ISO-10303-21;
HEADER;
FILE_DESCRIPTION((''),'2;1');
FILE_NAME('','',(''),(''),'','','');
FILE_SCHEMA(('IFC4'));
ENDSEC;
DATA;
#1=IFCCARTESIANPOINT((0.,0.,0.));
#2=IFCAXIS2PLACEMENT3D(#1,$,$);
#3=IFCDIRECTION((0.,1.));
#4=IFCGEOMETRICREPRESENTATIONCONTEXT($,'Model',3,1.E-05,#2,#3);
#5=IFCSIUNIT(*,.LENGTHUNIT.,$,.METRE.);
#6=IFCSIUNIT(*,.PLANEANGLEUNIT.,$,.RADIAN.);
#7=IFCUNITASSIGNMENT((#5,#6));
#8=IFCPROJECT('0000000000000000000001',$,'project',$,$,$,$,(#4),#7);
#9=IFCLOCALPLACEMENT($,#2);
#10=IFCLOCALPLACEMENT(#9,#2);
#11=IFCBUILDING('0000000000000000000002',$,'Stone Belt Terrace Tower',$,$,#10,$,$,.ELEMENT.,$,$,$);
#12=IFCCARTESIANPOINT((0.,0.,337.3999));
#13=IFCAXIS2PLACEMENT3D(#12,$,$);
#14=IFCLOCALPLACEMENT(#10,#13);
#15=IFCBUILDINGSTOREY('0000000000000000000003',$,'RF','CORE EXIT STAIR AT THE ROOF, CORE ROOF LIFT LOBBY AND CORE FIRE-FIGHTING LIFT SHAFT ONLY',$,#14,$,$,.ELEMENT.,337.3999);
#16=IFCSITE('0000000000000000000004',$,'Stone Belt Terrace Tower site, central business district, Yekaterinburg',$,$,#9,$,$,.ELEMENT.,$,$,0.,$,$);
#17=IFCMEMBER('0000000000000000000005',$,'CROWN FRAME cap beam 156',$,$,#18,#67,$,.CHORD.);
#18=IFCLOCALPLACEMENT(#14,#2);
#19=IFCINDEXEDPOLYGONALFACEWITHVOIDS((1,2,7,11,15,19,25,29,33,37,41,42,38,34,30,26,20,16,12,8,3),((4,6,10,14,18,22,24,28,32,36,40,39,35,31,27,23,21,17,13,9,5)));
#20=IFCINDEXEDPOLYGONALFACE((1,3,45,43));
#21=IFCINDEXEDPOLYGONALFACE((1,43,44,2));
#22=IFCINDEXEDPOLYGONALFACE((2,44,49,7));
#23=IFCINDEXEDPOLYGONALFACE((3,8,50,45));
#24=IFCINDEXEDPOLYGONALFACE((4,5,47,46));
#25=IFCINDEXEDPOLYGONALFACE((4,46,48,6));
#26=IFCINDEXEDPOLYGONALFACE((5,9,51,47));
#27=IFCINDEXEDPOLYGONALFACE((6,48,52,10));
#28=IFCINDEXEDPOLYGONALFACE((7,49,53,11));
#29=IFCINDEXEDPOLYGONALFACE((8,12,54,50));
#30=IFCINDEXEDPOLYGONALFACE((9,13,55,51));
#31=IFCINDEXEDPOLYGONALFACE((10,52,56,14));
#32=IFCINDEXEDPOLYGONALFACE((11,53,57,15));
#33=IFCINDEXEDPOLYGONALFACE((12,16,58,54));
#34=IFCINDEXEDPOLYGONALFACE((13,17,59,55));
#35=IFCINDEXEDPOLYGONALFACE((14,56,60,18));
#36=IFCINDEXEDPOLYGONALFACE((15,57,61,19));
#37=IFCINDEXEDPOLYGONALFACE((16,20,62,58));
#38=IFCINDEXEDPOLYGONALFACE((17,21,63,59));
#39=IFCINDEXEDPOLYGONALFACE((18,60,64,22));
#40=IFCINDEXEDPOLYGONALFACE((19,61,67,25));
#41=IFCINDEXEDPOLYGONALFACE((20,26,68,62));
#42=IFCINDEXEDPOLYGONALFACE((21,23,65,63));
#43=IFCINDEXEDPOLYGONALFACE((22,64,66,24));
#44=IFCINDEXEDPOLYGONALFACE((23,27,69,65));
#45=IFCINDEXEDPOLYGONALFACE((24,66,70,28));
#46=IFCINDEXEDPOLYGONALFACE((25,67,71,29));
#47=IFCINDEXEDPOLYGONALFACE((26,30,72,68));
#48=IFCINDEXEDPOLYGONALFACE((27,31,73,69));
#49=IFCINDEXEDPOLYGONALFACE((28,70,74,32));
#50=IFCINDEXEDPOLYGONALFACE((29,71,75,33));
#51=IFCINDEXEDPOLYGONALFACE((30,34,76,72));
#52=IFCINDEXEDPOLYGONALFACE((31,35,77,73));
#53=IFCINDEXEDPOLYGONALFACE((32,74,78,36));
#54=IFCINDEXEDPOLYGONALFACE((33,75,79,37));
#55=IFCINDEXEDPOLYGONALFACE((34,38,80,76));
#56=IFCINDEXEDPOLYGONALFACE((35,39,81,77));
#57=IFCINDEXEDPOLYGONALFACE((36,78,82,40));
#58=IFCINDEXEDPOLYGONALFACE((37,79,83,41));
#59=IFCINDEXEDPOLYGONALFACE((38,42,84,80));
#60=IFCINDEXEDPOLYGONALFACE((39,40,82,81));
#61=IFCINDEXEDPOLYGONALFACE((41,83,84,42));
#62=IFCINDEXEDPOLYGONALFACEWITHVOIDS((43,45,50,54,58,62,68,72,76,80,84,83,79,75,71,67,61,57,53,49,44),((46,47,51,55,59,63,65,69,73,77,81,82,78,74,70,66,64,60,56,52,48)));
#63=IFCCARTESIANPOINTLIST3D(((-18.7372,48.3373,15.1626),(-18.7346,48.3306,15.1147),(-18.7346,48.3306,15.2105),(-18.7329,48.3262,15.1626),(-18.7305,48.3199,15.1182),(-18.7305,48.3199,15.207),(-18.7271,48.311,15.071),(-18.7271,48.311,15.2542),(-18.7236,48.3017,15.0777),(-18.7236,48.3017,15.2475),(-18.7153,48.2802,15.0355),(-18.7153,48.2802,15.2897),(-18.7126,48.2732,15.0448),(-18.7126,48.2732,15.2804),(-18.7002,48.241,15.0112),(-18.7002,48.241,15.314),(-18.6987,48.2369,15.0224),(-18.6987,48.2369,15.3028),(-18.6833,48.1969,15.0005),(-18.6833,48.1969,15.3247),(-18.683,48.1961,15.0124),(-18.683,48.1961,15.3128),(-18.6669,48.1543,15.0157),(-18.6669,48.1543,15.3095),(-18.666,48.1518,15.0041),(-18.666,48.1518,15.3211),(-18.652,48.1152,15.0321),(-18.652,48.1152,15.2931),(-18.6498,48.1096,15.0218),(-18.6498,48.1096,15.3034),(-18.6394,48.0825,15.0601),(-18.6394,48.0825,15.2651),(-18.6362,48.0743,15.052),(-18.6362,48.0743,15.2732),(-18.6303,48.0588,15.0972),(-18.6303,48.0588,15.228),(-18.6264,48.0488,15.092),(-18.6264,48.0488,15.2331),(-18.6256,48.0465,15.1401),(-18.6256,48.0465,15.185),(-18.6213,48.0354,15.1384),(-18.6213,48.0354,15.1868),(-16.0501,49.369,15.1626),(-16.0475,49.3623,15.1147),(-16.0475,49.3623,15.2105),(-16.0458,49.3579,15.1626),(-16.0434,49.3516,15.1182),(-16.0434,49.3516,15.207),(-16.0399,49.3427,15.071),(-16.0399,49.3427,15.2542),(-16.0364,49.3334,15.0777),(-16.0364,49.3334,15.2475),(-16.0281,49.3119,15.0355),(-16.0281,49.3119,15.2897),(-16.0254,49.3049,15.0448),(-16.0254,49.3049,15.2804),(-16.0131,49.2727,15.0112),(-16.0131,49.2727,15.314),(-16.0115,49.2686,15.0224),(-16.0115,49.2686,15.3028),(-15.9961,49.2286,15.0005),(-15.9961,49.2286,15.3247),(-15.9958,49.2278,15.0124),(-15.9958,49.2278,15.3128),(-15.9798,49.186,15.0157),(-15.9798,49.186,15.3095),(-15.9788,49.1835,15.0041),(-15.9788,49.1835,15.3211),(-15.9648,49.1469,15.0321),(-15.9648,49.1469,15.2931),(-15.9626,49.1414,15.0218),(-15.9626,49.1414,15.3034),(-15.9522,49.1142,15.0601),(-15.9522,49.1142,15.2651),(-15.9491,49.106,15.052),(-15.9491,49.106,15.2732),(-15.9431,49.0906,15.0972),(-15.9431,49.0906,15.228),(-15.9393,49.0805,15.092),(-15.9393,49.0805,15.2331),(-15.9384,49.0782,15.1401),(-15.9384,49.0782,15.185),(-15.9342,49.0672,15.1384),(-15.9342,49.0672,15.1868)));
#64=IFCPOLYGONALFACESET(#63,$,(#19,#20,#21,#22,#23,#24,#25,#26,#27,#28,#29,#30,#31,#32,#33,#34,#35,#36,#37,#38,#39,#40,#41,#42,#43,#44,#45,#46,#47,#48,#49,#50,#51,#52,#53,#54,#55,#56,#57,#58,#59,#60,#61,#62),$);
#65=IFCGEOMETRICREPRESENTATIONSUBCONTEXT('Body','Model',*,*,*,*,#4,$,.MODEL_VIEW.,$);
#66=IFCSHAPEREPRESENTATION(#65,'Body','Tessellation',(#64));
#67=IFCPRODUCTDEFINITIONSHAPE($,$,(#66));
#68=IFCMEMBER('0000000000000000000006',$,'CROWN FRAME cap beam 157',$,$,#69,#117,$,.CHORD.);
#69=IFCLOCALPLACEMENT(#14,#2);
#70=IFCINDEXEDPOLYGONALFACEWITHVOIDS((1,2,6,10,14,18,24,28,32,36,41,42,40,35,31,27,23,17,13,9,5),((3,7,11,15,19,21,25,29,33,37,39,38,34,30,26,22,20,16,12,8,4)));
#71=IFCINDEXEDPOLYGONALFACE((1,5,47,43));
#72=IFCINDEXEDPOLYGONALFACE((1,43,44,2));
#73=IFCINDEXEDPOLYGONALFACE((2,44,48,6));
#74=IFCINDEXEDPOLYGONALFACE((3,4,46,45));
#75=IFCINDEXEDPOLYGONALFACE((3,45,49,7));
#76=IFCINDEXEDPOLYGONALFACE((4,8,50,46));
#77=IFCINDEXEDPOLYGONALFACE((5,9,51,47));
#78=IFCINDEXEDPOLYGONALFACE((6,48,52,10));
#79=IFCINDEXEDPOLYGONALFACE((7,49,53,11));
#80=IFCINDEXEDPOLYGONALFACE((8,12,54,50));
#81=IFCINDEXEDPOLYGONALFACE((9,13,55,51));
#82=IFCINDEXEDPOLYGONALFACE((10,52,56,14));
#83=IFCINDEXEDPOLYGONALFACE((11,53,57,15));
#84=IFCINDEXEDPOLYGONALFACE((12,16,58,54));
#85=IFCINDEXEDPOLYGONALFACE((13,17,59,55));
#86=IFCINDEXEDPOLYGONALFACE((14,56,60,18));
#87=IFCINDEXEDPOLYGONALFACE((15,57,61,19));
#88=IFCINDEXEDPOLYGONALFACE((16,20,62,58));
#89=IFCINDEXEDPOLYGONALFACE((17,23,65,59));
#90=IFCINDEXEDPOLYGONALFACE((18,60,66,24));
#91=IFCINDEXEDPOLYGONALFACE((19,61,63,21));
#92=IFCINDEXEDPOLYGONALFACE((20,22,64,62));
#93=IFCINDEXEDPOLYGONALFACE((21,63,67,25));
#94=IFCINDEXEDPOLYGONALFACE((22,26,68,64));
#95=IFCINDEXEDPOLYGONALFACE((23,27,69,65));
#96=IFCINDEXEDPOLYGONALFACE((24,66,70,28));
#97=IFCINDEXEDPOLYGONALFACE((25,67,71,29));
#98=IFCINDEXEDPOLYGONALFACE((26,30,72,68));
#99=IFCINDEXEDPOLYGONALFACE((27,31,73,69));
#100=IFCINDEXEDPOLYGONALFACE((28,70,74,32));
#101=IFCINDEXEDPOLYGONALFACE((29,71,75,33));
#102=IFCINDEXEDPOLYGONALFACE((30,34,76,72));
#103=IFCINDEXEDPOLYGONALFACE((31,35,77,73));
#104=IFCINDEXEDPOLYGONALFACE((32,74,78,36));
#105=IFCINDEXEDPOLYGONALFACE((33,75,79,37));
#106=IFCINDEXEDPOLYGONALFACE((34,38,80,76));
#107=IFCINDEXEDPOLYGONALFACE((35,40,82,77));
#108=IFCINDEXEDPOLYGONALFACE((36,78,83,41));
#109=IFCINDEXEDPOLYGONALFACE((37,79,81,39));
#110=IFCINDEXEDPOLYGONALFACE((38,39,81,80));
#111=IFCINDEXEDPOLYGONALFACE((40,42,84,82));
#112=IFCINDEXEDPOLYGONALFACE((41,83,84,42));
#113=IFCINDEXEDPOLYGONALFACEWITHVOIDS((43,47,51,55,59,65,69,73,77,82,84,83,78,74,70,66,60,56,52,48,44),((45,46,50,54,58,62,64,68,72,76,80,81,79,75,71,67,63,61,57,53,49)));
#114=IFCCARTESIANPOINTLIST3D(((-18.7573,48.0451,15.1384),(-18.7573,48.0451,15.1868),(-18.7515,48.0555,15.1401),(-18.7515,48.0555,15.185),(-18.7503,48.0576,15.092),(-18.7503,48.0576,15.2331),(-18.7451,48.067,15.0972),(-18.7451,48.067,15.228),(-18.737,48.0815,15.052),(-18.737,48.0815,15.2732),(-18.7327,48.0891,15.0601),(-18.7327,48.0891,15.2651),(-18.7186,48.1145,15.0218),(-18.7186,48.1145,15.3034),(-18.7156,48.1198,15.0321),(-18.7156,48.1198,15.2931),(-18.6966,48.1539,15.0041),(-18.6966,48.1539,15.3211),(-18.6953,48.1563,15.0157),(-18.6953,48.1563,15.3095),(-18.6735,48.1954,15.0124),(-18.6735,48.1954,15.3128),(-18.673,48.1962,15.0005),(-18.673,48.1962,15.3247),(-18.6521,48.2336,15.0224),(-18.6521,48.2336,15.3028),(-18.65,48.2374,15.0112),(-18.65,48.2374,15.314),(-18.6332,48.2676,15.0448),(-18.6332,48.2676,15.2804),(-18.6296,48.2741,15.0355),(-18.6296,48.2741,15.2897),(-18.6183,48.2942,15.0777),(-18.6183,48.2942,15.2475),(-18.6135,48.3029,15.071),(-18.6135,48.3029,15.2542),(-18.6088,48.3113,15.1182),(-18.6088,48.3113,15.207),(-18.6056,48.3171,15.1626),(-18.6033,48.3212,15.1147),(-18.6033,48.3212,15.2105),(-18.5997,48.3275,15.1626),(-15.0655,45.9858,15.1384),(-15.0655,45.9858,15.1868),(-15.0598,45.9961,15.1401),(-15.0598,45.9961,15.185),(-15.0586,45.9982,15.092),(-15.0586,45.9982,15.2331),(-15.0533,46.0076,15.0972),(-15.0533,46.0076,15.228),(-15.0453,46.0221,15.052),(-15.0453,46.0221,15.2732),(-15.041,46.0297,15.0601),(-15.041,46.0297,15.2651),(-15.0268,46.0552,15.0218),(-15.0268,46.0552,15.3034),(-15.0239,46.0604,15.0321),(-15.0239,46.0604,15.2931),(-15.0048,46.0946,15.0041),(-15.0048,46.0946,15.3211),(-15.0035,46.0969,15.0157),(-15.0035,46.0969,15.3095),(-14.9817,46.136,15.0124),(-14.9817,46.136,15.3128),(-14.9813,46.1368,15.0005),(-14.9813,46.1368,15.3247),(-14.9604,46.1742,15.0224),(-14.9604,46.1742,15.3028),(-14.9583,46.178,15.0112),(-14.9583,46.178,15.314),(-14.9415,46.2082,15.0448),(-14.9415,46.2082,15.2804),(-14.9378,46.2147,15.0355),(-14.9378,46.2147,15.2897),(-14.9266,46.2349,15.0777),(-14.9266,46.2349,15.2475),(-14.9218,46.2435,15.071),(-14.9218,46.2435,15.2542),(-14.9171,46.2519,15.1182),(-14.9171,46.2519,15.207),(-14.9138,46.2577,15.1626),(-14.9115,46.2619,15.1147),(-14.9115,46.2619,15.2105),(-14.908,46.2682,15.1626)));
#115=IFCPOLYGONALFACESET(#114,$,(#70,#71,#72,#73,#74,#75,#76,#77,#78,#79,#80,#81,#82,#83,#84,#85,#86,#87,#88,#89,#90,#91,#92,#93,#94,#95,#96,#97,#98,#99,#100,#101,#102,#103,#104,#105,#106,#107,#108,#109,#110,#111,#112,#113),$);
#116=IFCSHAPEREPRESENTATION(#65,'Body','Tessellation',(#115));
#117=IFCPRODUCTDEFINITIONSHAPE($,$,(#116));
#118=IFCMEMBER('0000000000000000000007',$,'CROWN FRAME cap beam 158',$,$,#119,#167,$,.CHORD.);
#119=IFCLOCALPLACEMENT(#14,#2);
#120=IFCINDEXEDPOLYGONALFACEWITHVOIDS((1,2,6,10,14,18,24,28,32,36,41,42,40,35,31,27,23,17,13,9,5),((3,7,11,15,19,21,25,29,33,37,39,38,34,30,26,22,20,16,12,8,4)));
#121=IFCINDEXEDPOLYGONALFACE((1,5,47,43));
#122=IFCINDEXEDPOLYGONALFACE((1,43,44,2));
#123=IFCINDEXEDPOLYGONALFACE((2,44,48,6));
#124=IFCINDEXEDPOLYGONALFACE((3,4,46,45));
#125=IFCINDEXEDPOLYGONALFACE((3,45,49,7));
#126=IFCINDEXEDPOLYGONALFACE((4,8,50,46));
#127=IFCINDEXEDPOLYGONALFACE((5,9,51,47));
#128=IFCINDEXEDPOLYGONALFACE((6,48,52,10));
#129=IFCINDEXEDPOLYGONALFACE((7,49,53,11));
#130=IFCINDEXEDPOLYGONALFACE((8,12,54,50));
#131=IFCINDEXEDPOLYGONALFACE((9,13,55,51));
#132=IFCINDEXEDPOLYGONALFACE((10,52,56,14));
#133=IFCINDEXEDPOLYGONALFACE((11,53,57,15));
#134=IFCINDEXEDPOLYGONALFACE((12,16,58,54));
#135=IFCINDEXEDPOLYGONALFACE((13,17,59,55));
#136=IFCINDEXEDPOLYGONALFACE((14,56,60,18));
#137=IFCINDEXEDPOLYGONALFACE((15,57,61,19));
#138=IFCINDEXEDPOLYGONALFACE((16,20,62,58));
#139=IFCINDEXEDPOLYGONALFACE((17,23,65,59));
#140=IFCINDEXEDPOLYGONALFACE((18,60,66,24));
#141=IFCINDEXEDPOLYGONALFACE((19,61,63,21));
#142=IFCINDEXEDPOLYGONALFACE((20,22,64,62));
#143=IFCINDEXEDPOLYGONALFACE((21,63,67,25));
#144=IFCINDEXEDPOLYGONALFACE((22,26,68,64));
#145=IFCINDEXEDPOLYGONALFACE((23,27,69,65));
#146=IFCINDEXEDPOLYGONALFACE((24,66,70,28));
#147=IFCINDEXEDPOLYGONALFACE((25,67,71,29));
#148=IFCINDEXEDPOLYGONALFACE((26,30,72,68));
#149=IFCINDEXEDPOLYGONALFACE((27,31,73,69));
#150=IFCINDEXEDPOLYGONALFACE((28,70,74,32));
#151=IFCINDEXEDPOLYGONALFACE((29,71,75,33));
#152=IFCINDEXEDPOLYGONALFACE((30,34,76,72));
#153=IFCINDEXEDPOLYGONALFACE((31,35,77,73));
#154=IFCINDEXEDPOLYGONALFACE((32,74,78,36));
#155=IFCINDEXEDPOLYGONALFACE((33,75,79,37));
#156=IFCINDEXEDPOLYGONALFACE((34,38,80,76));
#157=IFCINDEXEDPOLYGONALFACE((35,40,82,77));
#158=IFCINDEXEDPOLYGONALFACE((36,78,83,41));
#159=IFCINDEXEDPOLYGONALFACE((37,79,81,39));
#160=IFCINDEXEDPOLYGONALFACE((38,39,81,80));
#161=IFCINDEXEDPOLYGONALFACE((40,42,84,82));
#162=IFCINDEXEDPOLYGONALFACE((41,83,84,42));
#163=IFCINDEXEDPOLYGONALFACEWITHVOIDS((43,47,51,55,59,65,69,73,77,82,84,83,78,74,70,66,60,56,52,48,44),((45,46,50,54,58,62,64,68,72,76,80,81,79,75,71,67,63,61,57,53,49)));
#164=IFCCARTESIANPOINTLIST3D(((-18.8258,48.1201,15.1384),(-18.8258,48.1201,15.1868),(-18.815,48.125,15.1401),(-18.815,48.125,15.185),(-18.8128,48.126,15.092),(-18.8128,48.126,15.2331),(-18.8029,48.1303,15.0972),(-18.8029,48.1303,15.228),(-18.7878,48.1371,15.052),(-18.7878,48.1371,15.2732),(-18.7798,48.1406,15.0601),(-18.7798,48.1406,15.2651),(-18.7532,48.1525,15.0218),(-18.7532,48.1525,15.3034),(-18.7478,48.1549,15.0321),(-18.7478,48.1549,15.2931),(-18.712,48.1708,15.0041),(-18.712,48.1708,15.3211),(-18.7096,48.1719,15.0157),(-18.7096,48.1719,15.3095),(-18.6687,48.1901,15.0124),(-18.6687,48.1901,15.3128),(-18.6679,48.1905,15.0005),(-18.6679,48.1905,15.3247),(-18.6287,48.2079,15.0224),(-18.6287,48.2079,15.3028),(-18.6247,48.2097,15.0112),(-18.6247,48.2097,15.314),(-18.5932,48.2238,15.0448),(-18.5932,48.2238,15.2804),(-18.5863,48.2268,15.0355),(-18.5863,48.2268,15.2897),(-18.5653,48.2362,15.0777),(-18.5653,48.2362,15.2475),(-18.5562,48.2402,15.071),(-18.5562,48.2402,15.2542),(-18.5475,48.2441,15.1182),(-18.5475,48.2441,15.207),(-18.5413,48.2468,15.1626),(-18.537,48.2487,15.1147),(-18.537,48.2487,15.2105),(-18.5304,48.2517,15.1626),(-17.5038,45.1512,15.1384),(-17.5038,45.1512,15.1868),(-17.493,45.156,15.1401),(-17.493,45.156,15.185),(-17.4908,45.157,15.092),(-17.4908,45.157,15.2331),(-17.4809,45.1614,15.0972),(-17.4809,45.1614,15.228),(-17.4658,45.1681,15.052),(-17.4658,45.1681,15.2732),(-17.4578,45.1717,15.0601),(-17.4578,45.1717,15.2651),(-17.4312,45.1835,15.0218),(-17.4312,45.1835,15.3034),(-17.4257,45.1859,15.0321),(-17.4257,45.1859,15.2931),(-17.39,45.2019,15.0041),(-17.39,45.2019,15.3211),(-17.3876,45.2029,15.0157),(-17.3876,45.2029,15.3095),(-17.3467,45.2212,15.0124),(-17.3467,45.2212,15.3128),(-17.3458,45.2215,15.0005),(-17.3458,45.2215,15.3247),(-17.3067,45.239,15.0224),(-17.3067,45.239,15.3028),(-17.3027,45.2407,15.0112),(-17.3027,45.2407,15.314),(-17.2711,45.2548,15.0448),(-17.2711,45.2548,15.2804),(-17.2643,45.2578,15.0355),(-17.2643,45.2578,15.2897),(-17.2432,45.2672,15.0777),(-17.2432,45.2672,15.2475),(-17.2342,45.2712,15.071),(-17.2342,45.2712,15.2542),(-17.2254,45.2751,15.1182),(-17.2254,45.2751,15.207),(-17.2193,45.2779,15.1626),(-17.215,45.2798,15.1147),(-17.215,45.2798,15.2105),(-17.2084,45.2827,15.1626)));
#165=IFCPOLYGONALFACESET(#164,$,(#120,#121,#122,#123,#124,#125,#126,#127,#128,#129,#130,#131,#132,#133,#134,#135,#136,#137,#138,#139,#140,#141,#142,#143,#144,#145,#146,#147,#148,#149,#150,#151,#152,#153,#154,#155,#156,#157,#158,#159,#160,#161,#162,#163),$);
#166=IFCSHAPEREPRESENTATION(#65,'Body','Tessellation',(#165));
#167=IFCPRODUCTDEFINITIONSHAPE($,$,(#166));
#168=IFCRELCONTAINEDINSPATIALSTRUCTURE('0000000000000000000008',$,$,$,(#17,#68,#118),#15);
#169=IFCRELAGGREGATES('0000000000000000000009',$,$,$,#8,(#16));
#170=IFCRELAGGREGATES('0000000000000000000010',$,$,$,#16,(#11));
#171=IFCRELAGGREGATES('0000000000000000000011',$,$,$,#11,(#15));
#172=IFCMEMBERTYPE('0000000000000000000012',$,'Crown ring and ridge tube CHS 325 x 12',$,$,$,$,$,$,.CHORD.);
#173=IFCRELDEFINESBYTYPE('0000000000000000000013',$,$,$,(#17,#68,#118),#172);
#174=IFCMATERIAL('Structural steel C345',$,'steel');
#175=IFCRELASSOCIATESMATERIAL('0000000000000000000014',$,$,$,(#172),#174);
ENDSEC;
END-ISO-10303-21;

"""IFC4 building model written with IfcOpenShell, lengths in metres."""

from ifc_helpers import new_model, si_unit, direction, frame, origin, origin_2d, place, context, subcontext, project, spatial, hollow_circle, extrude, material, material_profile, profile_set, type_object, element, save


model = new_model("IFC4")

# Units and contexts
model_context = context("Model", 3, precision=1e-05, world=origin(), true_north=direction((0.0, 1.0)))
body_context = subcontext(model_context, "Body", "Model", "MODEL_VIEW")
ifc_project = project(units=[si_unit("LENGTHUNIT", "METRE"), si_unit("PLANEANGLEUNIT", "RADIAN")], contexts=[model_context])

# Site, building, storey
site_placement = place(None, origin())
site = spatial("IfcSite", under=ifc_project, at=site_placement, Name="Stone Belt Terrace Tower site, central business district, Yekaterinburg", CompositionType="ELEMENT", RefElevation=0.0)
building_placement = place(site_placement, origin())
building = spatial("IfcBuilding", under=site, at=building_placement, Name="Stone Belt Terrace Tower", CompositionType="ELEMENT")
storey_placement = place(building_placement, frame((0.0, 0.0, 337.3999)))
storey = spatial("IfcBuildingStorey", under=building, at=storey_placement, Name="RF", Description="CORE EXIT STAIR AT THE ROOF, CORE ROOF LIFT LOBBY AND CORE FIRE-FIGHTING LIFT SHAFT ONLY", CompositionType="ELEMENT", Elevation=337.3999)

# Members
ifc_material_1 = material(Name="Structural steel C345", Category="steel")
ifc_material_profile_1 = material_profile(ifc_material_1, hollow_circle(Radius=0.1626, WallThickness=0.012, at=origin_2d()), Name="Structural steel C345 CHS 325x12")
ifc_profile_set_1 = profile_set([ifc_material_profile_1], Name="Structural steel C345")
member_type_1 = type_object("IfcMemberType", Name="Crown ring and ridge tube CHS 325 x 12", PredefinedType="CHORD", material=ifc_profile_set_1)
member_1_placement = place(storey_placement, frame((-18.679, 48.1855, 15.1626), z_axis=(0.933557, 0.358428, 0.0), x_axis=(-0.358428, 0.933557, 0.0)))
element("IfcMember", 1, at=member_1_placement, inside=storey, type_object=member_type_1, Name="CROWN FRAME cap beam 156", PredefinedType="CHORD", context=body_context, shape_type="SweptSolid", body=[
    extrude(hollow_circle(Radius=0.1626, WallThickness=0.012, at=origin_2d()), origin(), (0.0, 0.0, 1.0), 2.8784),
])
member_2_placement = place(storey_placement, frame((-18.679, 48.1855, 15.1626), z_axis=(0.873311, -0.487162, 0.0), x_axis=(0.487162, 0.873311, 0.0)))
element("IfcMember", 2, at=member_2_placement, inside=storey, type_object=member_type_1, Name="CROWN FRAME cap beam 157", PredefinedType="CHORD", context=body_context, shape_type="SweptSolid", body=[
    extrude(hollow_circle(Radius=0.1626, WallThickness=0.012, at=origin_2d()), origin(), (0.0, 0.0, 1.0), 4.2273),
])
member_3_placement = place(storey_placement, frame((-18.679, 48.1855, 15.1626), z_axis=(0.406773, -0.913529, 0.0), x_axis=(0.913529, 0.406773, 0.0)))
element("IfcMember", 3, at=member_3_placement, inside=storey, type_object=member_type_1, Name="CROWN FRAME cap beam 158", PredefinedType="CHORD", context=body_context, shape_type="SweptSolid", body=[
    extrude(hollow_circle(Radius=0.1626, WallThickness=0.012, at=origin_2d()), origin(), (0.0, 0.0, 1.0), 3.25),
])

save(model, "model.ifc")
